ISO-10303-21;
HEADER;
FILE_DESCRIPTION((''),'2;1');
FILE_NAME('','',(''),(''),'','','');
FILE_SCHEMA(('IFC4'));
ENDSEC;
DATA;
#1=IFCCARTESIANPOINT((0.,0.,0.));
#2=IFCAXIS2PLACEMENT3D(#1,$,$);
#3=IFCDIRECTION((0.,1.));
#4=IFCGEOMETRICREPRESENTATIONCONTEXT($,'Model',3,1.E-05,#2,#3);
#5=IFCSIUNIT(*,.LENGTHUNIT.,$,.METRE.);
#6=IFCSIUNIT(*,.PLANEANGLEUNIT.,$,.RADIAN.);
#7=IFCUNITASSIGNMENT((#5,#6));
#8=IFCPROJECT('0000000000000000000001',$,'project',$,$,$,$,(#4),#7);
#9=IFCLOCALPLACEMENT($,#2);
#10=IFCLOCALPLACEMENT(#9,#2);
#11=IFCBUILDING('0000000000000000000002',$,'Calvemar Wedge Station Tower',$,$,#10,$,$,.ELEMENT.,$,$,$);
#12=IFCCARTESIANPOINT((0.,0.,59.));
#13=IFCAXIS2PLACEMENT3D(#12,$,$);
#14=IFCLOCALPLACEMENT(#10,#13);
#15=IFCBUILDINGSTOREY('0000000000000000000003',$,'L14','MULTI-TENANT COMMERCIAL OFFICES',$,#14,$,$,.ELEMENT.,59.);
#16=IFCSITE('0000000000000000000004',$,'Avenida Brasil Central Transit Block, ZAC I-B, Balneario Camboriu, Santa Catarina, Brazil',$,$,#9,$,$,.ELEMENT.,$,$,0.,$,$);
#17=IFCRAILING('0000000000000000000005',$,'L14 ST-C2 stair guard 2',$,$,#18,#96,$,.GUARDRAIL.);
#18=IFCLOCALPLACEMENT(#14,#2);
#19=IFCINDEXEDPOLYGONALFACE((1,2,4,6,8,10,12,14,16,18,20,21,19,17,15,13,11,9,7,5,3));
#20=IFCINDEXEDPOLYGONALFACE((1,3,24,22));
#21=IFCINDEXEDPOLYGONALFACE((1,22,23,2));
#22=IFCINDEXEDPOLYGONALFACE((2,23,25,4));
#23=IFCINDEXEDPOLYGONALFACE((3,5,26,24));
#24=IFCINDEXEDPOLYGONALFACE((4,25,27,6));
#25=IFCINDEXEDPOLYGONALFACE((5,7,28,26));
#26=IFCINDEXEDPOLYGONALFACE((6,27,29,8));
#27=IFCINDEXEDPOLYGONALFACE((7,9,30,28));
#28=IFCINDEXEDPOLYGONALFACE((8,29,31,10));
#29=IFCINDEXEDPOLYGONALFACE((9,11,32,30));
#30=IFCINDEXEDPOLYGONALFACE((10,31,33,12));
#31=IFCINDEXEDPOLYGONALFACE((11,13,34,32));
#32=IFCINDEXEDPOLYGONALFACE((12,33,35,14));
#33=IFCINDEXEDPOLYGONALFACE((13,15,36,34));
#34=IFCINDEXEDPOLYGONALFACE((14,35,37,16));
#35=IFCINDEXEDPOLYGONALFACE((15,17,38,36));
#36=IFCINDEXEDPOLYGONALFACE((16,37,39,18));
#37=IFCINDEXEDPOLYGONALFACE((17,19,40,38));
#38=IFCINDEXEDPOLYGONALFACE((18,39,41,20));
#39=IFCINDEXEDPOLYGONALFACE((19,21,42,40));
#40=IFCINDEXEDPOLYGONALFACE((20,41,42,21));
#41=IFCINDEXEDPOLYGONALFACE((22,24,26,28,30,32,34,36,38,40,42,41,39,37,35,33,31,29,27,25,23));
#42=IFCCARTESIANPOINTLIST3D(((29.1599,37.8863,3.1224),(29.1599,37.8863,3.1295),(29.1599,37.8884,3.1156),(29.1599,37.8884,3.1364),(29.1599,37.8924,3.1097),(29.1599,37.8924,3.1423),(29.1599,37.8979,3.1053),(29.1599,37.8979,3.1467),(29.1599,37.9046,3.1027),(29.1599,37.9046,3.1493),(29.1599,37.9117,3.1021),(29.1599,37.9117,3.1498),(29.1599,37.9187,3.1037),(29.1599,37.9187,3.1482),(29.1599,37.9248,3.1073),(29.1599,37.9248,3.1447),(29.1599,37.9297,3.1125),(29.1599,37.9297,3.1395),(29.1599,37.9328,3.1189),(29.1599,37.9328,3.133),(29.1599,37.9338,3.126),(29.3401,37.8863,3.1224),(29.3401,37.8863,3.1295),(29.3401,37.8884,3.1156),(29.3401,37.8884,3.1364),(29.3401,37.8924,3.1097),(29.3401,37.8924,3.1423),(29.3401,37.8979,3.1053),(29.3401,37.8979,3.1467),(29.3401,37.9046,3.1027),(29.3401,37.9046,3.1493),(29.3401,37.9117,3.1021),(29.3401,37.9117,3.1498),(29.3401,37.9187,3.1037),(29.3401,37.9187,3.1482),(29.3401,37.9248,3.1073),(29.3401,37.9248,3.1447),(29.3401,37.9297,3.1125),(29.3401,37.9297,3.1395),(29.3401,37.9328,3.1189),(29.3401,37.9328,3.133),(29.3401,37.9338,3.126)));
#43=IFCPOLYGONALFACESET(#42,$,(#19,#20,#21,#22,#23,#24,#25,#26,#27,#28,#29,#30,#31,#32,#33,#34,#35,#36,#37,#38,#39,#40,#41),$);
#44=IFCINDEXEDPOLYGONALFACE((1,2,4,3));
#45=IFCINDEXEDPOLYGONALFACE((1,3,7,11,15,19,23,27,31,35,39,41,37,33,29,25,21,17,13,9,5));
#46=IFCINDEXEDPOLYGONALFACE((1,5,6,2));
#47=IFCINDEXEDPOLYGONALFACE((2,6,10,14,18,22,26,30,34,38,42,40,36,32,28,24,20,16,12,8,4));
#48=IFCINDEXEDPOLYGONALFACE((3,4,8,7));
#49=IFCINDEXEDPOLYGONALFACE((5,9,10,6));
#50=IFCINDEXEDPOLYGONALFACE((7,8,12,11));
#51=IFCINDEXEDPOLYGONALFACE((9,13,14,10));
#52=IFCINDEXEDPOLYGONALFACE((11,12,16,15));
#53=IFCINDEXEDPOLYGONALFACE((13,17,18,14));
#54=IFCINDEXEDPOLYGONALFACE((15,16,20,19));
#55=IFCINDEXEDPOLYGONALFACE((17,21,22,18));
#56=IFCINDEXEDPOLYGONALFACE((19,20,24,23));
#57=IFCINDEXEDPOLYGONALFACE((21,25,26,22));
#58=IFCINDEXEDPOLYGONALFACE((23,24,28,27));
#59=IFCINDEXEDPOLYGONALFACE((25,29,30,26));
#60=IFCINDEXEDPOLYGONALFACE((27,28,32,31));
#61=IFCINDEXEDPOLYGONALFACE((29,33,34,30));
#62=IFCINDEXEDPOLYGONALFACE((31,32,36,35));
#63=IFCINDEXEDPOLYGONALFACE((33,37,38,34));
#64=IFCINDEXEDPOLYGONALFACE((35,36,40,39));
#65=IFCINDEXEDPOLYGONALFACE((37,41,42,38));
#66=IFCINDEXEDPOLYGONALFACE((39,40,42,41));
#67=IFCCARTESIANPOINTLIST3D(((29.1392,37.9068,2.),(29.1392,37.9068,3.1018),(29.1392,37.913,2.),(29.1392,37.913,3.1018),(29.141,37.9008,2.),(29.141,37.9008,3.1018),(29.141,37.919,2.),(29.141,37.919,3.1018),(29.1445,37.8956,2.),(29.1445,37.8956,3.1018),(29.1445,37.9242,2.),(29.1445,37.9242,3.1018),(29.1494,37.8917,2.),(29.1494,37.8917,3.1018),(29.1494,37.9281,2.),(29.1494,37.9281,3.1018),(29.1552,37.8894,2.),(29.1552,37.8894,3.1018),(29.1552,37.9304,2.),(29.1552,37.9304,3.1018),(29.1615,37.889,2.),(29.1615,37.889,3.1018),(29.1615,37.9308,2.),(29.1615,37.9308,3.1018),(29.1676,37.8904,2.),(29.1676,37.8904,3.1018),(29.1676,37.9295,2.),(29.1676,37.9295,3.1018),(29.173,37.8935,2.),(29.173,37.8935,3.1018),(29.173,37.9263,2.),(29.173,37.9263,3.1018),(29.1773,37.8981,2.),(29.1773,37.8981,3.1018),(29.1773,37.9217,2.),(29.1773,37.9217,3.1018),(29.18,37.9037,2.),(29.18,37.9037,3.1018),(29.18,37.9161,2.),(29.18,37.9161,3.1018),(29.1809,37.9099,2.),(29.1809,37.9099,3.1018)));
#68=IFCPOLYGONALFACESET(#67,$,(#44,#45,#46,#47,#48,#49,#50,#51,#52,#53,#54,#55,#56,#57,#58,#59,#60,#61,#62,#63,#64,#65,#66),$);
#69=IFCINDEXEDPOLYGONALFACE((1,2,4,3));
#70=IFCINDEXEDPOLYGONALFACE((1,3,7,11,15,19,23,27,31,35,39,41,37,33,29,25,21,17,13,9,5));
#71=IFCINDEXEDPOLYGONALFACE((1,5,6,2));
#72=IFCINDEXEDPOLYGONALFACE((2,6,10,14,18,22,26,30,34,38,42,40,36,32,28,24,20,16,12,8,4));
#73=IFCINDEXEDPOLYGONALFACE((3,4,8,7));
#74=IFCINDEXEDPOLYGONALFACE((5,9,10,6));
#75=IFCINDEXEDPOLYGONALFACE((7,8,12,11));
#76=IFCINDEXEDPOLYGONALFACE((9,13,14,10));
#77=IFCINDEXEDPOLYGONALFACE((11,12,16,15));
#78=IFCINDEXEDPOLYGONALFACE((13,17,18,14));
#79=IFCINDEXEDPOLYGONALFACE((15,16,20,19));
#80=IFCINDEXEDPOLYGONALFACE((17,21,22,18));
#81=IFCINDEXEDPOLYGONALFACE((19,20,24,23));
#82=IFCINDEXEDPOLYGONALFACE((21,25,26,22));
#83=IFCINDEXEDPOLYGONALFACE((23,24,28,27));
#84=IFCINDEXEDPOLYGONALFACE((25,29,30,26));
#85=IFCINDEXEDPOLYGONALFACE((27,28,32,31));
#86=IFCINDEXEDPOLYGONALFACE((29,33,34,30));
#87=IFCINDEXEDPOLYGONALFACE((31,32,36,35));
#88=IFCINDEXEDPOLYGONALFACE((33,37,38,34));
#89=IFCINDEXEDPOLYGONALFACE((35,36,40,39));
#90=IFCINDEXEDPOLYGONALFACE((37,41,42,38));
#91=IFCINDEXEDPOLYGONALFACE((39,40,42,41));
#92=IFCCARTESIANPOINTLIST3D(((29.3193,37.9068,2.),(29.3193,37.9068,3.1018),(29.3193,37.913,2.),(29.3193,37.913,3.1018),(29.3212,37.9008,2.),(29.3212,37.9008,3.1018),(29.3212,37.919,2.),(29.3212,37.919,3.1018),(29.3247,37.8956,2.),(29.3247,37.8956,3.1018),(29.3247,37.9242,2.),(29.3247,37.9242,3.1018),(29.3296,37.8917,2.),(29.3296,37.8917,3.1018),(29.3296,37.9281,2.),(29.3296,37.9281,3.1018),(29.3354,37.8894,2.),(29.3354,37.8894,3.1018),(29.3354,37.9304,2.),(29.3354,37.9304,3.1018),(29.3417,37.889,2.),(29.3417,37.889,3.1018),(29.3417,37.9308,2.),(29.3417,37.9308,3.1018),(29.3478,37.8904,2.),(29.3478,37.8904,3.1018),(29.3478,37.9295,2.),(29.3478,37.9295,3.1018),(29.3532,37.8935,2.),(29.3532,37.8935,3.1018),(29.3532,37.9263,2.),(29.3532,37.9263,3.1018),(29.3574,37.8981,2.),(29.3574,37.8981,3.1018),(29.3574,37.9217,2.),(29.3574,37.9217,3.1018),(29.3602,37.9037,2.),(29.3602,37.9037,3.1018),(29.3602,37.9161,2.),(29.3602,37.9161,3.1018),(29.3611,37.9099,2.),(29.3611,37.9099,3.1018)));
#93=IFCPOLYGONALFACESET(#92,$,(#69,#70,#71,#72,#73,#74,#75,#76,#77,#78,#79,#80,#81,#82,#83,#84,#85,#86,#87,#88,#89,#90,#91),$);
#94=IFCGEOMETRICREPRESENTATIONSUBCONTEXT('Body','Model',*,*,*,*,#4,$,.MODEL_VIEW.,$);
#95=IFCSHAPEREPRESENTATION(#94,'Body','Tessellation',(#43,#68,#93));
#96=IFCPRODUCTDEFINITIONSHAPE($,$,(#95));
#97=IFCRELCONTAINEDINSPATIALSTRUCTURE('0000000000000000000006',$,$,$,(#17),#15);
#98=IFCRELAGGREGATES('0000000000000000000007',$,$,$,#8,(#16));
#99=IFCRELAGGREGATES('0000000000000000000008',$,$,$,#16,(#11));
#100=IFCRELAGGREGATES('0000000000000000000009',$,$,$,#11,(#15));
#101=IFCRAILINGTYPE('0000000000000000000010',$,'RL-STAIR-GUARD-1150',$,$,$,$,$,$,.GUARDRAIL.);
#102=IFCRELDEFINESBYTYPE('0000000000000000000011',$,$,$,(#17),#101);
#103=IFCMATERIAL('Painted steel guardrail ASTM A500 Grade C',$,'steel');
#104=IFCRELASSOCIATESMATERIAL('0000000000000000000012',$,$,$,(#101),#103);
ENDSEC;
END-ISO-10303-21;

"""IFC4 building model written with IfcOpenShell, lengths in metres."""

from ifc_helpers import new_model, si_unit, direction, frame, origin, origin_2d, place, context, subcontext, project, spatial, circle, extrude, material, type_object, element, save


model = new_model("IFC4")

# Units and contexts
model_context = context("Model", 3, precision=1e-05, world=origin(), true_north=direction((0.0, 1.0)))
body_context = subcontext(model_context, "Body", "Model", "MODEL_VIEW")
ifc_project = project(units=[si_unit("LENGTHUNIT", "METRE"), si_unit("PLANEANGLEUNIT", "RADIAN")], contexts=[model_context])

# Site, building, storey
site_placement = place(None, origin())
site = spatial("IfcSite", under=ifc_project, at=site_placement, Name="Avenida Brasil Central Transit Block, ZAC I-B, Balneario Camboriu, Santa Catarina, Brazil", CompositionType="ELEMENT", RefElevation=0.0)
building_placement = place(site_placement, origin())
building = spatial("IfcBuilding", under=site, at=building_placement, Name="Calvemar Wedge Station Tower", CompositionType="ELEMENT")
storey_placement = place(building_placement, frame((0.0, 0.0, 59.0)))
storey = spatial("IfcBuildingStorey", under=building, at=storey_placement, Name="L14", Description="MULTI-TENANT COMMERCIAL OFFICES", CompositionType="ELEMENT", Elevation=59.0)

# Railing
ifc_material_1 = material(Name="Painted steel guardrail ASTM A500 Grade C", Category="steel")
railing_type_1 = type_object("IfcRailingType", Name="RL-STAIR-GUARD-1150", PredefinedType="GUARDRAIL", material=ifc_material_1)
railing_1_placement = place(storey_placement, frame((29.1599, 37.9099, 2.0)))
element("IfcRailing", 1, at=railing_1_placement, inside=storey, type_object=railing_type_1, Name="L14 ST-C2 stair guard 2", PredefinedType="GUARDRAIL", context=body_context, shape_type="SweptSolid", body=[
    extrude(circle(Radius=0.0239, at=origin_2d()), frame((0.0, 0.0, 1.126), z_axis=(1.0, 0.0, 0.0), x_axis=(0.0, 1.0, 0.0)), (0.0, 0.0, 1.0), 0.1802),
    extrude(circle(Radius=0.021, at=origin_2d()), origin(), (0.0, 0.0, 1.0), 1.1018),
    extrude(circle(Radius=0.021, at=origin_2d()), frame((0.1802, 0.0, 0.0)), (0.0, 0.0, 1.0), 1.1018),
])

save(model, "model.ifc")
